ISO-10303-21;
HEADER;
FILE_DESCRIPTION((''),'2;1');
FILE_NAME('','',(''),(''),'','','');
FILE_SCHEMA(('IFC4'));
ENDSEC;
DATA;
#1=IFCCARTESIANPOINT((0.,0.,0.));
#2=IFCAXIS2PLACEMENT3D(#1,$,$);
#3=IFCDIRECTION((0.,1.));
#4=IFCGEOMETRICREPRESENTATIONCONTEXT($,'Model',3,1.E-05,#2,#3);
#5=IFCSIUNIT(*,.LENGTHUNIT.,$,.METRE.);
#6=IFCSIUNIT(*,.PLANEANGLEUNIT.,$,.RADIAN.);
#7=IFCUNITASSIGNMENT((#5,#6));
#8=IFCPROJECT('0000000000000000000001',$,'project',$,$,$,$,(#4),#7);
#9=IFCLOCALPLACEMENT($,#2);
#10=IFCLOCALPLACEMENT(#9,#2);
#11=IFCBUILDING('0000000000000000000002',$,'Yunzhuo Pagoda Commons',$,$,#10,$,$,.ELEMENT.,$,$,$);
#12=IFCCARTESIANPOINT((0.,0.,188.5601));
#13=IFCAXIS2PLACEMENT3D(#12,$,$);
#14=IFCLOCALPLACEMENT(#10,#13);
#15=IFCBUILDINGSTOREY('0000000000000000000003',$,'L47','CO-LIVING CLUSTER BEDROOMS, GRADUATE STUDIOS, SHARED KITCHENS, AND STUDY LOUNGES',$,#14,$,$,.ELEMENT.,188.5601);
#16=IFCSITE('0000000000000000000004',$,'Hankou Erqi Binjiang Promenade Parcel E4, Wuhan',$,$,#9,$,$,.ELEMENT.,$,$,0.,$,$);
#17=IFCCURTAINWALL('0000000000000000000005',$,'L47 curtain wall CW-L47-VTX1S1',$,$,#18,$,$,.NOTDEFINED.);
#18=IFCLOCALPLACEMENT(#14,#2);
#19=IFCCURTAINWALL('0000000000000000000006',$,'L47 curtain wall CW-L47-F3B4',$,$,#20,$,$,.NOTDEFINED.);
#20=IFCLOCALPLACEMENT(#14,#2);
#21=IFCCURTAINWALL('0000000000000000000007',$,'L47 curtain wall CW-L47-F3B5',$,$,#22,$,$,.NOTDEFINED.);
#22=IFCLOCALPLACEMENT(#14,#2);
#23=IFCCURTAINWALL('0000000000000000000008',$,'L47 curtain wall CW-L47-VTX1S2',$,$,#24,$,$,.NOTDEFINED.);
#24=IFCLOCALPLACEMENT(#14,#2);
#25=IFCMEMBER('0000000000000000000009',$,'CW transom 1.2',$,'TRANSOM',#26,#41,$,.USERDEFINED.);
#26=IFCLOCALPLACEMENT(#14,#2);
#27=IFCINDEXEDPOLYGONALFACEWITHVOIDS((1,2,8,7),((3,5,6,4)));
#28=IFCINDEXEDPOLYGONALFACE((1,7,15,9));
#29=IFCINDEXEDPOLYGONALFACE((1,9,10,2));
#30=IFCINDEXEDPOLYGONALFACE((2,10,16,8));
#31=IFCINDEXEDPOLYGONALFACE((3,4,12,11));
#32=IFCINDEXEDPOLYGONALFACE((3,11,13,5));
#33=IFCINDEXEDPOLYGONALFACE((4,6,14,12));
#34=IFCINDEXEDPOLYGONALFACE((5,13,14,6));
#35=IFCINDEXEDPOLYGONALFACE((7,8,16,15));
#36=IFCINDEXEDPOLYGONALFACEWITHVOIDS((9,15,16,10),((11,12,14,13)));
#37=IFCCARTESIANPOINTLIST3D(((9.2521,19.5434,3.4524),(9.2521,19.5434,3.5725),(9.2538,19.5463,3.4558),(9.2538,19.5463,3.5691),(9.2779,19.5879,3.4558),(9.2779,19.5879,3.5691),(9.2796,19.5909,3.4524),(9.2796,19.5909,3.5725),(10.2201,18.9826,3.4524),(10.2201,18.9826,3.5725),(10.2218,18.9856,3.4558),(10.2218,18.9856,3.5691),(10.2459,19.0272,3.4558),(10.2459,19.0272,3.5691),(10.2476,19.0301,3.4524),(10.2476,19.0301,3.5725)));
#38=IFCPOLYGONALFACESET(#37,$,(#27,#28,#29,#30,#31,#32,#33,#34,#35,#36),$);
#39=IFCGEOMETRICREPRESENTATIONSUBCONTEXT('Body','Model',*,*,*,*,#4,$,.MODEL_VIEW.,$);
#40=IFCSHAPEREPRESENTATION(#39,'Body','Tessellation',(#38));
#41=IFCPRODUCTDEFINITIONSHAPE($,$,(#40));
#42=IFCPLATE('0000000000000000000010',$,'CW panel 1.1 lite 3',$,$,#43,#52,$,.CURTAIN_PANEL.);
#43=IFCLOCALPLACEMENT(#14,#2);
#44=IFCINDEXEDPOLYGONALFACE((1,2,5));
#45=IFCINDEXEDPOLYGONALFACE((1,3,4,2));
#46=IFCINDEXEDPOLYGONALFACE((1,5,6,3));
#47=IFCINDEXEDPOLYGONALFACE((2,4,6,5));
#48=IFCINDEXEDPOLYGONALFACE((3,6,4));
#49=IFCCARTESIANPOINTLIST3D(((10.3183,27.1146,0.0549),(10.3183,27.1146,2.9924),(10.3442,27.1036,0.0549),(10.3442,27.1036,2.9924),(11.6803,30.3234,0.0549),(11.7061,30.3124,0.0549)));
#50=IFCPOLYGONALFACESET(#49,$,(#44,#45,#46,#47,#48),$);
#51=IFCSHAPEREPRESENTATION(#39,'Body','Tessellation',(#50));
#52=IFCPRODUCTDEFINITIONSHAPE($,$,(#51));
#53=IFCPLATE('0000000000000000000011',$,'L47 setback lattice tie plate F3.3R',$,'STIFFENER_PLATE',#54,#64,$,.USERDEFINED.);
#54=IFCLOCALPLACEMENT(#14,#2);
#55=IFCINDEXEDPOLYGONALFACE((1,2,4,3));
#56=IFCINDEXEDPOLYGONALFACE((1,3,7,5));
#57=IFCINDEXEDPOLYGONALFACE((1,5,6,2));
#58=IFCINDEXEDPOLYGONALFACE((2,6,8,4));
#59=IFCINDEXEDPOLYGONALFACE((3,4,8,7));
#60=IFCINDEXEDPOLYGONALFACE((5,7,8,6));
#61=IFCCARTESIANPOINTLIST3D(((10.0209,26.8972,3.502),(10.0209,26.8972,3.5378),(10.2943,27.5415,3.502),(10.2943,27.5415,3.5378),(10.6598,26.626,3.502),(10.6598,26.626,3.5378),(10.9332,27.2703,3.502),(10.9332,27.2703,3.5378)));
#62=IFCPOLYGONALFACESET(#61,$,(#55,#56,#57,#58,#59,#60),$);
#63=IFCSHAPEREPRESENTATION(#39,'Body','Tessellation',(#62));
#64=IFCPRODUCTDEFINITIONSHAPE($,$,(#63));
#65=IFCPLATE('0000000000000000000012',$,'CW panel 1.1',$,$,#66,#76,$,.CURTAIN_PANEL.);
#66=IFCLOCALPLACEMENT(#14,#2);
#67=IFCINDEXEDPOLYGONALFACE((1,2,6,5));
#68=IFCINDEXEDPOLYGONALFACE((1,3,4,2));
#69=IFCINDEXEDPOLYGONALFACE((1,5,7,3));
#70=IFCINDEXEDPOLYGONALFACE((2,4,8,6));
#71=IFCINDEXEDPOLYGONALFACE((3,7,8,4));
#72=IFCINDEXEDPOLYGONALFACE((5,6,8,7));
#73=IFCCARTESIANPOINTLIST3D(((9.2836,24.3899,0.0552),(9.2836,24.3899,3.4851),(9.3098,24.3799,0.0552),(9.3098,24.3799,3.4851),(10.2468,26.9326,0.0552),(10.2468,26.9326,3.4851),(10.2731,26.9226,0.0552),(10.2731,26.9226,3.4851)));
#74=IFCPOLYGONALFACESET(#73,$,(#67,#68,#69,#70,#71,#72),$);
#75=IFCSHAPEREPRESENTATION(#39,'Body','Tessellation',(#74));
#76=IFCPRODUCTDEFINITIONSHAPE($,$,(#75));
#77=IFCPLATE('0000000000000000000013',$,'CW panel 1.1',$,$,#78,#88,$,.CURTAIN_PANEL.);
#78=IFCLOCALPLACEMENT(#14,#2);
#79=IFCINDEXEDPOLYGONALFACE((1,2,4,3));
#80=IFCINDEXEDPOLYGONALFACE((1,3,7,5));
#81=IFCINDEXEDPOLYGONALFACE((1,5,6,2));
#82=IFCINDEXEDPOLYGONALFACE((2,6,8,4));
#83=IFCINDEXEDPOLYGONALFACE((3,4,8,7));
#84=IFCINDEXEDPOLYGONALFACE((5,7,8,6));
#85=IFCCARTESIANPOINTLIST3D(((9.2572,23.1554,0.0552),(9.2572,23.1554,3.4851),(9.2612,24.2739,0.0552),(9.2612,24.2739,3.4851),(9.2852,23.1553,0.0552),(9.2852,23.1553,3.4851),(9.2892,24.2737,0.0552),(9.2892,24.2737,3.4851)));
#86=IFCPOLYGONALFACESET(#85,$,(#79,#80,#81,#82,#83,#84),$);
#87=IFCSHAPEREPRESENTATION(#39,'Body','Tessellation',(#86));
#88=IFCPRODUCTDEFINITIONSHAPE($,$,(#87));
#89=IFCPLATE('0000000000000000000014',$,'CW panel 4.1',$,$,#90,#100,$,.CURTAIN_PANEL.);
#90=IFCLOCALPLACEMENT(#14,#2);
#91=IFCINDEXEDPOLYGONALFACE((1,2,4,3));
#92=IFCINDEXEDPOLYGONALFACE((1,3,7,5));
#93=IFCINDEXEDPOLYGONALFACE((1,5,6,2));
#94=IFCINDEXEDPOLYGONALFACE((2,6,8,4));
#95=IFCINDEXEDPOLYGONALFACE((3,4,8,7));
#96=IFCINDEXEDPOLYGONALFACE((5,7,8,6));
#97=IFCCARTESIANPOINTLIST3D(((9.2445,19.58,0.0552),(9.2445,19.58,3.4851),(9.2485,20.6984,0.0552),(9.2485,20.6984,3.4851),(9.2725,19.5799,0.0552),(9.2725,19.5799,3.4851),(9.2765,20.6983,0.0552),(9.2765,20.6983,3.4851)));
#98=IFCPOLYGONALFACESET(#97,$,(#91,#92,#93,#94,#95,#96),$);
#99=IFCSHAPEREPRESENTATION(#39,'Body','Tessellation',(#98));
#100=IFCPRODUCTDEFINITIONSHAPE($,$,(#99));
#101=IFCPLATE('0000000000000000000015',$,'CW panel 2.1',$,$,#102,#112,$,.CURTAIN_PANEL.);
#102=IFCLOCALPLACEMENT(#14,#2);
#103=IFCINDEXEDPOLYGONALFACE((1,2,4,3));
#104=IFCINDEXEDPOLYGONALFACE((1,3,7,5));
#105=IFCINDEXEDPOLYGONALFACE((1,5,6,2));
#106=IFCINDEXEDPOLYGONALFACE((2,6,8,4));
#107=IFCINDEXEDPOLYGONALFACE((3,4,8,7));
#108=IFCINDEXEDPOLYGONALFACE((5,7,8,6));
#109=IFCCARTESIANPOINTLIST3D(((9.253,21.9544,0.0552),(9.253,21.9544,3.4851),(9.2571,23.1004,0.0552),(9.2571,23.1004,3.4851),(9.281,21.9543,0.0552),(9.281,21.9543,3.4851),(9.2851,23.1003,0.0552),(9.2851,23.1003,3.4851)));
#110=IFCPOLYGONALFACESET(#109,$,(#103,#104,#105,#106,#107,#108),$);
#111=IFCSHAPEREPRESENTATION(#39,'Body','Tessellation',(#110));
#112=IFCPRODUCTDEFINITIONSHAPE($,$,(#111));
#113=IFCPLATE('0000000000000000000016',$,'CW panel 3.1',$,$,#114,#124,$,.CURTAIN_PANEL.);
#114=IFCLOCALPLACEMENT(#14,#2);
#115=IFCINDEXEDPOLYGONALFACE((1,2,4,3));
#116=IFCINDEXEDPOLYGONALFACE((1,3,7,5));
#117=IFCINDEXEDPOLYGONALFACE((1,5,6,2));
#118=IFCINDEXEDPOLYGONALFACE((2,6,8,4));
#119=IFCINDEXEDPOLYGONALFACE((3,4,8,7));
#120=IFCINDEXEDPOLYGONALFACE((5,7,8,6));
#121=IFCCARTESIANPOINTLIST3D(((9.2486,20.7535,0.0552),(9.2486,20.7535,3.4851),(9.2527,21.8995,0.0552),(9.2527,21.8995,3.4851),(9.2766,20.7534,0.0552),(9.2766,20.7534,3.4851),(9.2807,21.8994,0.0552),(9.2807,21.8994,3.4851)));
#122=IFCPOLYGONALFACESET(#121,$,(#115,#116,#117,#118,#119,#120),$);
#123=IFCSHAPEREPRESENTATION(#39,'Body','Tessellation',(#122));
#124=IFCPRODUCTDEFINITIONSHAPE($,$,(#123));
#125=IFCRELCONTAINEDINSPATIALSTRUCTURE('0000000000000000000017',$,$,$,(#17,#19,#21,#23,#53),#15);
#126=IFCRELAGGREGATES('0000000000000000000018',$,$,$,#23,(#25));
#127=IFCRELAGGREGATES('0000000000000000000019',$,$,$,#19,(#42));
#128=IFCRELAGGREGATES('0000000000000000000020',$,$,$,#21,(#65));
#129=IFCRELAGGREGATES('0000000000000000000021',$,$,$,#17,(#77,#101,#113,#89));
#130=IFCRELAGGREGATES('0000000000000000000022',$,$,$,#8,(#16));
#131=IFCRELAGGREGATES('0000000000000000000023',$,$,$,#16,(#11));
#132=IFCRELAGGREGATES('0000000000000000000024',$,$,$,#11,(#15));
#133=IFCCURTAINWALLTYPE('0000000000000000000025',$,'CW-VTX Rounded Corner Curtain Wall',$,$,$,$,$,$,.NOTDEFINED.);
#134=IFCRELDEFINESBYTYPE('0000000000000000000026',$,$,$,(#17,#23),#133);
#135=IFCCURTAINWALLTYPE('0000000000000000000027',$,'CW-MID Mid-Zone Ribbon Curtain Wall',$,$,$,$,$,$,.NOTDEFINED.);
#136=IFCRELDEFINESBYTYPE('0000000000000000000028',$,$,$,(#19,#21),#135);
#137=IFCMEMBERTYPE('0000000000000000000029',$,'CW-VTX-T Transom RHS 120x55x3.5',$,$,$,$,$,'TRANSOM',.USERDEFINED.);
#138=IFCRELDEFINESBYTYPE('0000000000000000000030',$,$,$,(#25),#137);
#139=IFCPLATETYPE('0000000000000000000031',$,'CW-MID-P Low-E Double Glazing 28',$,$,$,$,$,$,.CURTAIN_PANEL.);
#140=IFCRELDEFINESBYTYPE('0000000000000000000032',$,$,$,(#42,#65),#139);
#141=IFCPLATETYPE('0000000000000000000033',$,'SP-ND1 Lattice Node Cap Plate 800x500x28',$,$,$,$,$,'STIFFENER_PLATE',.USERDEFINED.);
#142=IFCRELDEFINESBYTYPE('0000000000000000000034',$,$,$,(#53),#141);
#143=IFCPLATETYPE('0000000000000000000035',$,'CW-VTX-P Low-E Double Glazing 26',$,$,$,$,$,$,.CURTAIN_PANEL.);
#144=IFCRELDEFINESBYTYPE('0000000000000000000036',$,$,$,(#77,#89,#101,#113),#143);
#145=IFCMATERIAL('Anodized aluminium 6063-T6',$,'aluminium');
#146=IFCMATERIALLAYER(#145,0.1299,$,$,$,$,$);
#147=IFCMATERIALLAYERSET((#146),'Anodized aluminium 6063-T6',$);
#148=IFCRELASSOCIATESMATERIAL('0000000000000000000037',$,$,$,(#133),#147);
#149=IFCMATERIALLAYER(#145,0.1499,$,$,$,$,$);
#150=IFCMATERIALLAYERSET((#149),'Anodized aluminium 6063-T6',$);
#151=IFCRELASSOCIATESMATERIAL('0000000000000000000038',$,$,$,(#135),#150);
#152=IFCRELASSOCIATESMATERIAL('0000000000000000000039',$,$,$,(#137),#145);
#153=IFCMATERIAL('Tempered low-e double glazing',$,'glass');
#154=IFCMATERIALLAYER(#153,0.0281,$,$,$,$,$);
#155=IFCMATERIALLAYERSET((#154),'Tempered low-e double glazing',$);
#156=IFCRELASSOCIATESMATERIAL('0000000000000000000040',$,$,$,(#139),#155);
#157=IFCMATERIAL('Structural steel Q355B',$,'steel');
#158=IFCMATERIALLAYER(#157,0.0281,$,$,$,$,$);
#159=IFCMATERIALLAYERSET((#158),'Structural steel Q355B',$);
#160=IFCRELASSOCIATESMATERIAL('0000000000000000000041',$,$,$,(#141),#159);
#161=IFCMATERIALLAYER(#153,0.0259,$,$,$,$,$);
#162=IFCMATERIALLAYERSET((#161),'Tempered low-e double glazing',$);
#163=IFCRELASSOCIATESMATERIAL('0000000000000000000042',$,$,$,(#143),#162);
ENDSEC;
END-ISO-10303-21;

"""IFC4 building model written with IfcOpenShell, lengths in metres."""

from ifc_helpers import new_model, si_unit, direction, frame, origin, origin_2d, place, context, subcontext, project, spatial, polyline, rectangle, hollow_rectangle, outline, extrude, source, transform, mapped, material, layer, layer_set, material_profile, profile_set, type_object, element, aggregate, save


model = new_model("IFC4")

# Units and contexts
model_context = context("Model", 3, precision=1e-05, world=origin(), true_north=direction((0.0, 1.0)))
body_context = subcontext(model_context, "Body", "Model", "MODEL_VIEW")
ifc_project = project(units=[si_unit("LENGTHUNIT", "METRE"), si_unit("PLANEANGLEUNIT", "RADIAN")], contexts=[model_context])

# Site, building, storey
site_placement = place(None, origin())
site = spatial("IfcSite", under=ifc_project, at=site_placement, Name="Hankou Erqi Binjiang Promenade Parcel E4, Wuhan", CompositionType="ELEMENT", RefElevation=0.0)
building_placement = place(site_placement, origin())
building = spatial("IfcBuilding", under=site, at=building_placement, Name="Yunzhuo Pagoda Commons", CompositionType="ELEMENT")
storey_placement = place(building_placement, frame((0.0, 0.0, 188.5601)))
storey = spatial("IfcBuildingStorey", under=building, at=storey_placement, Name="L47", Description="CO-LIVING CLUSTER BEDROOMS, GRADUATE STUDIOS, SHARED KITCHENS, AND STUDY LOUNGES", CompositionType="ELEMENT", Elevation=188.5601)

# Shared definitions
ifc_material_1 = material(Name="Structural steel Q355B", Category="steel")

# Curtain wall
ifc_material_2 = material(Name="Anodized aluminium 6063-T6", Category="aluminium")
ifc_layer_1 = layer(ifc_material_2, 0.1299)
ifc_layer_set_1 = layer_set([ifc_layer_1], Name="Anodized aluminium 6063-T6")
curtain_wall_type_1 = type_object("IfcCurtainWallType", Name="CW-VTX Rounded Corner Curtain Wall", PredefinedType="NOTDEFINED", material=ifc_layer_set_1)
curtain_wall_1_placement = place(storey_placement, origin())
curtain_wall_1 = element("IfcCurtainWall", 1, at=curtain_wall_1_placement, inside=storey, type_object=curtain_wall_type_1, Name="L47 curtain wall CW-L47-VTX1S1", PredefinedType="NOTDEFINED")

# Curtain wall
ifc_layer_2 = layer(ifc_material_2, 0.1499)
ifc_layer_set_2 = layer_set([ifc_layer_2], Name="Anodized aluminium 6063-T6")
curtain_wall_type_2 = type_object("IfcCurtainWallType", Name="CW-MID Mid-Zone Ribbon Curtain Wall", PredefinedType="NOTDEFINED", material=ifc_layer_set_2)
curtain_wall_2_placement = place(storey_placement, origin())
curtain_wall_2 = element("IfcCurtainWall", 2, at=curtain_wall_2_placement, inside=storey, type_object=curtain_wall_type_2, Name="L47 curtain wall CW-L47-F3B4", PredefinedType="NOTDEFINED")

# Curtain wall
curtain_wall_3_placement = place(storey_placement, origin())
curtain_wall_3 = element("IfcCurtainWall", 3, at=curtain_wall_3_placement, inside=storey, type_object=curtain_wall_type_2, Name="L47 curtain wall CW-L47-F3B5", PredefinedType="NOTDEFINED")

# Shared definitions
ifc_material_profile_1 = material_profile(ifc_material_2, hollow_rectangle(XDim=0.0549, YDim=0.1201, WallThickness=0.0034, at=origin_2d()), Name="Anodized aluminium 6063-T6")
ifc_profile_set_1 = profile_set([ifc_material_profile_1], Name="Anodized aluminium 6063-T6")
member_type_1 = type_object("IfcMemberType", Name="CW-VTX-T Transom RHS 120x55x3.5", ElementType="TRANSOM", PredefinedType="USERDEFINED", material=ifc_profile_set_1)
shared_shape_1 = source(origin(), body_context, "Body", "SweptSolid", [
    extrude(hollow_rectangle(XDim=0.0549, YDim=0.1201, WallThickness=0.0034, at=origin_2d()), origin(), (0.0, 0.0, 1.0), 1.1187),
])

# Curtain wall, member
curtain_wall_4_placement = place(storey_placement, origin())
curtain_wall_4 = element("IfcCurtainWall", 4, at=curtain_wall_4_placement, inside=storey, type_object=curtain_wall_type_1, Name="L47 curtain wall CW-L47-VTX1S2", PredefinedType="NOTDEFINED")
member_1_placement = place(storey_placement, frame((9.2659, 19.5671, 3.5125), z_axis=(0.865287, -0.501277, 0.0), x_axis=(0.501277, 0.865287, 0.0)))
member_1 = element("IfcMember", 5, at=member_1_placement, type_object=member_type_1, Name="CW transom 1.2", ObjectType="TRANSOM", PredefinedType="USERDEFINED", context=body_context, shape_type="MappedRepresentation", body=[
    mapped(shared_shape_1, transform((0.0, 0.0, 0.0), scale=1.0)),
])
aggregate(curtain_wall_4, [member_1])

# Plates
ifc_material_3 = material(Name="Tempered low-e double glazing", Category="glass")
ifc_layer_3 = layer(ifc_material_3, 0.0281)
ifc_layer_set_3 = layer_set([ifc_layer_3], Name="Tempered low-e double glazing")
plate_type_1 = type_object("IfcPlateType", Name="CW-MID-P Low-E Double Glazing 28", PredefinedType="CURTAIN_PANEL", material=ifc_layer_set_3)
plate_1_placement = place(storey_placement, frame((11.0251, 28.708, 1.5237), z_axis=(-0.920515, 0.390706, 0.0), x_axis=(-0.390706, -0.920515, 0.0)))
plate_1 = element("IfcPlate", 6, at=plate_1_placement, type_object=plate_type_1, Name="CW panel 1.1 lite 3", PredefinedType="CURTAIN_PANEL", context=body_context, shape_type="SweptSolid", body=[
    extrude(outline(polyline([(-1.7429, -1.4688), (1.7429, -1.4688), (1.7429, 1.4688), (-1.7429, -1.4688)])), origin(), (0.0, 0.0, 1.0), 0.0281),
])
aggregate(curtain_wall_2, [plate_1])
ifc_layer_4 = layer(ifc_material_1, 0.0281)
ifc_layer_set_4 = layer_set([ifc_layer_4], Name="Structural steel Q355B")
plate_type_2 = type_object("IfcPlateType", Name="SP-ND1 Lattice Node Cap Plate 800x500x28", ElementType="STIFFENER_PLATE", PredefinedType="USERDEFINED", material=ifc_layer_set_4)
shared_shape_2 = source(origin(), body_context, "Body", "SweptSolid", [
    extrude(rectangle(XDim=0.7, YDim=0.6941, at=origin_2d()), origin(), (0.0, 0.0, 1.0), 0.0359),
])
plate_2_placement = place(storey_placement, frame((10.4771, 27.0837, 3.502), z_axis=(0.0, 0.0, 1.0), x_axis=(-0.390699, -0.920518, 0.0)))
element("IfcPlate", 7, at=plate_2_placement, inside=storey, type_object=plate_type_2, Name="L47 setback lattice tie plate F3.3R", ObjectType="STIFFENER_PLATE", PredefinedType="USERDEFINED", context=body_context, shape_type="MappedRepresentation", body=[
    mapped(shared_shape_2, transform((0.0, 0.0, 0.0), scale=1.0)),
])
shared_shape_3 = source(origin(), body_context, "Body", "SweptSolid", [
    extrude(rectangle(XDim=2.719, YDim=0.0281, at=origin_2d()), origin(), (0.0, 0.0, 1.0), 3.4299),
])
plate_3_placement = place(storey_placement, frame((9.7783, 25.6562, 0.0552), z_axis=(0.0, 0.0, 1.0), x_axis=(-0.354256, -0.935148, 0.0)))
plate_3 = element("IfcPlate", 8, at=plate_3_placement, type_object=plate_type_1, Name="CW panel 1.1", PredefinedType="CURTAIN_PANEL", context=body_context, shape_type="MappedRepresentation", body=[
    mapped(shared_shape_3, transform((0.0, 0.0, 0.0), scale=1.0)),
])
aggregate(curtain_wall_3, [plate_3])
ifc_layer_5 = layer(ifc_material_3, 0.0259)
ifc_layer_set_5 = layer_set([ifc_layer_5], Name="Tempered low-e double glazing")
plate_type_3 = type_object("IfcPlateType", Name="CW-VTX-P Low-E Double Glazing 26", PredefinedType="CURTAIN_PANEL", material=ifc_layer_set_5)
shared_shape_4 = source(origin(), body_context, "Body", "SweptSolid", [
    extrude(rectangle(XDim=1.1184, YDim=0.0281, at=origin_2d()), origin(), (0.0, 0.0, 1.0), 3.4299),
])
plate_4_placement = place(storey_placement, frame((9.2732, 23.7146, 0.0552), z_axis=(0.0, 0.0, 1.0), x_axis=(-0.00358, -0.999994, 0.0)))
plate_4 = element("IfcPlate", 9, at=plate_4_placement, type_object=plate_type_3, Name="CW panel 1.1", PredefinedType="CURTAIN_PANEL", context=body_context, shape_type="MappedRepresentation", body=[
    mapped(shared_shape_4, transform((0.0, 0.0, 0.0), scale=1.0)),
])
plate_5_placement = place(storey_placement, frame((9.2605, 20.1392, 0.0552), z_axis=(0.0, 0.0, 1.0), x_axis=(-0.00358, -0.999994, 0.0)))
plate_5 = element("IfcPlate", 10, at=plate_5_placement, type_object=plate_type_3, Name="CW panel 4.1", PredefinedType="CURTAIN_PANEL", context=body_context, shape_type="MappedRepresentation", body=[
    mapped(shared_shape_4, transform((0.0, 0.0, 0.0), scale=1.0)),
])
shared_shape_5 = source(origin(), body_context, "Body", "SweptSolid", [
    extrude(rectangle(XDim=1.146, YDim=0.0281, at=origin_2d()), origin(), (0.0, 0.0, 1.0), 3.4299),
])
plate_6_placement = place(storey_placement, frame((9.269, 22.5273, 0.0552), z_axis=(0.0, 0.0, 1.0), x_axis=(-0.00358, -0.999994, 0.0)))
plate_6 = element("IfcPlate", 11, at=plate_6_placement, type_object=plate_type_3, Name="CW panel 2.1", PredefinedType="CURTAIN_PANEL", context=body_context, shape_type="MappedRepresentation", body=[
    mapped(shared_shape_5, transform((0.0, 0.0, 0.0), scale=1.0)),
])
plate_7_placement = place(storey_placement, frame((9.2646, 21.3264, 0.0552), z_axis=(0.0, 0.0, 1.0), x_axis=(-0.00358, -0.999994, 0.0)))
plate_7 = element("IfcPlate", 12, at=plate_7_placement, type_object=plate_type_3, Name="CW panel 3.1", PredefinedType="CURTAIN_PANEL", context=body_context, shape_type="MappedRepresentation", body=[
    mapped(shared_shape_5, transform((0.0, 0.0, 0.0), scale=1.0)),
])
aggregate(curtain_wall_1, [plate_4, plate_6, plate_7, plate_5])

save(model, "model.ifc")
